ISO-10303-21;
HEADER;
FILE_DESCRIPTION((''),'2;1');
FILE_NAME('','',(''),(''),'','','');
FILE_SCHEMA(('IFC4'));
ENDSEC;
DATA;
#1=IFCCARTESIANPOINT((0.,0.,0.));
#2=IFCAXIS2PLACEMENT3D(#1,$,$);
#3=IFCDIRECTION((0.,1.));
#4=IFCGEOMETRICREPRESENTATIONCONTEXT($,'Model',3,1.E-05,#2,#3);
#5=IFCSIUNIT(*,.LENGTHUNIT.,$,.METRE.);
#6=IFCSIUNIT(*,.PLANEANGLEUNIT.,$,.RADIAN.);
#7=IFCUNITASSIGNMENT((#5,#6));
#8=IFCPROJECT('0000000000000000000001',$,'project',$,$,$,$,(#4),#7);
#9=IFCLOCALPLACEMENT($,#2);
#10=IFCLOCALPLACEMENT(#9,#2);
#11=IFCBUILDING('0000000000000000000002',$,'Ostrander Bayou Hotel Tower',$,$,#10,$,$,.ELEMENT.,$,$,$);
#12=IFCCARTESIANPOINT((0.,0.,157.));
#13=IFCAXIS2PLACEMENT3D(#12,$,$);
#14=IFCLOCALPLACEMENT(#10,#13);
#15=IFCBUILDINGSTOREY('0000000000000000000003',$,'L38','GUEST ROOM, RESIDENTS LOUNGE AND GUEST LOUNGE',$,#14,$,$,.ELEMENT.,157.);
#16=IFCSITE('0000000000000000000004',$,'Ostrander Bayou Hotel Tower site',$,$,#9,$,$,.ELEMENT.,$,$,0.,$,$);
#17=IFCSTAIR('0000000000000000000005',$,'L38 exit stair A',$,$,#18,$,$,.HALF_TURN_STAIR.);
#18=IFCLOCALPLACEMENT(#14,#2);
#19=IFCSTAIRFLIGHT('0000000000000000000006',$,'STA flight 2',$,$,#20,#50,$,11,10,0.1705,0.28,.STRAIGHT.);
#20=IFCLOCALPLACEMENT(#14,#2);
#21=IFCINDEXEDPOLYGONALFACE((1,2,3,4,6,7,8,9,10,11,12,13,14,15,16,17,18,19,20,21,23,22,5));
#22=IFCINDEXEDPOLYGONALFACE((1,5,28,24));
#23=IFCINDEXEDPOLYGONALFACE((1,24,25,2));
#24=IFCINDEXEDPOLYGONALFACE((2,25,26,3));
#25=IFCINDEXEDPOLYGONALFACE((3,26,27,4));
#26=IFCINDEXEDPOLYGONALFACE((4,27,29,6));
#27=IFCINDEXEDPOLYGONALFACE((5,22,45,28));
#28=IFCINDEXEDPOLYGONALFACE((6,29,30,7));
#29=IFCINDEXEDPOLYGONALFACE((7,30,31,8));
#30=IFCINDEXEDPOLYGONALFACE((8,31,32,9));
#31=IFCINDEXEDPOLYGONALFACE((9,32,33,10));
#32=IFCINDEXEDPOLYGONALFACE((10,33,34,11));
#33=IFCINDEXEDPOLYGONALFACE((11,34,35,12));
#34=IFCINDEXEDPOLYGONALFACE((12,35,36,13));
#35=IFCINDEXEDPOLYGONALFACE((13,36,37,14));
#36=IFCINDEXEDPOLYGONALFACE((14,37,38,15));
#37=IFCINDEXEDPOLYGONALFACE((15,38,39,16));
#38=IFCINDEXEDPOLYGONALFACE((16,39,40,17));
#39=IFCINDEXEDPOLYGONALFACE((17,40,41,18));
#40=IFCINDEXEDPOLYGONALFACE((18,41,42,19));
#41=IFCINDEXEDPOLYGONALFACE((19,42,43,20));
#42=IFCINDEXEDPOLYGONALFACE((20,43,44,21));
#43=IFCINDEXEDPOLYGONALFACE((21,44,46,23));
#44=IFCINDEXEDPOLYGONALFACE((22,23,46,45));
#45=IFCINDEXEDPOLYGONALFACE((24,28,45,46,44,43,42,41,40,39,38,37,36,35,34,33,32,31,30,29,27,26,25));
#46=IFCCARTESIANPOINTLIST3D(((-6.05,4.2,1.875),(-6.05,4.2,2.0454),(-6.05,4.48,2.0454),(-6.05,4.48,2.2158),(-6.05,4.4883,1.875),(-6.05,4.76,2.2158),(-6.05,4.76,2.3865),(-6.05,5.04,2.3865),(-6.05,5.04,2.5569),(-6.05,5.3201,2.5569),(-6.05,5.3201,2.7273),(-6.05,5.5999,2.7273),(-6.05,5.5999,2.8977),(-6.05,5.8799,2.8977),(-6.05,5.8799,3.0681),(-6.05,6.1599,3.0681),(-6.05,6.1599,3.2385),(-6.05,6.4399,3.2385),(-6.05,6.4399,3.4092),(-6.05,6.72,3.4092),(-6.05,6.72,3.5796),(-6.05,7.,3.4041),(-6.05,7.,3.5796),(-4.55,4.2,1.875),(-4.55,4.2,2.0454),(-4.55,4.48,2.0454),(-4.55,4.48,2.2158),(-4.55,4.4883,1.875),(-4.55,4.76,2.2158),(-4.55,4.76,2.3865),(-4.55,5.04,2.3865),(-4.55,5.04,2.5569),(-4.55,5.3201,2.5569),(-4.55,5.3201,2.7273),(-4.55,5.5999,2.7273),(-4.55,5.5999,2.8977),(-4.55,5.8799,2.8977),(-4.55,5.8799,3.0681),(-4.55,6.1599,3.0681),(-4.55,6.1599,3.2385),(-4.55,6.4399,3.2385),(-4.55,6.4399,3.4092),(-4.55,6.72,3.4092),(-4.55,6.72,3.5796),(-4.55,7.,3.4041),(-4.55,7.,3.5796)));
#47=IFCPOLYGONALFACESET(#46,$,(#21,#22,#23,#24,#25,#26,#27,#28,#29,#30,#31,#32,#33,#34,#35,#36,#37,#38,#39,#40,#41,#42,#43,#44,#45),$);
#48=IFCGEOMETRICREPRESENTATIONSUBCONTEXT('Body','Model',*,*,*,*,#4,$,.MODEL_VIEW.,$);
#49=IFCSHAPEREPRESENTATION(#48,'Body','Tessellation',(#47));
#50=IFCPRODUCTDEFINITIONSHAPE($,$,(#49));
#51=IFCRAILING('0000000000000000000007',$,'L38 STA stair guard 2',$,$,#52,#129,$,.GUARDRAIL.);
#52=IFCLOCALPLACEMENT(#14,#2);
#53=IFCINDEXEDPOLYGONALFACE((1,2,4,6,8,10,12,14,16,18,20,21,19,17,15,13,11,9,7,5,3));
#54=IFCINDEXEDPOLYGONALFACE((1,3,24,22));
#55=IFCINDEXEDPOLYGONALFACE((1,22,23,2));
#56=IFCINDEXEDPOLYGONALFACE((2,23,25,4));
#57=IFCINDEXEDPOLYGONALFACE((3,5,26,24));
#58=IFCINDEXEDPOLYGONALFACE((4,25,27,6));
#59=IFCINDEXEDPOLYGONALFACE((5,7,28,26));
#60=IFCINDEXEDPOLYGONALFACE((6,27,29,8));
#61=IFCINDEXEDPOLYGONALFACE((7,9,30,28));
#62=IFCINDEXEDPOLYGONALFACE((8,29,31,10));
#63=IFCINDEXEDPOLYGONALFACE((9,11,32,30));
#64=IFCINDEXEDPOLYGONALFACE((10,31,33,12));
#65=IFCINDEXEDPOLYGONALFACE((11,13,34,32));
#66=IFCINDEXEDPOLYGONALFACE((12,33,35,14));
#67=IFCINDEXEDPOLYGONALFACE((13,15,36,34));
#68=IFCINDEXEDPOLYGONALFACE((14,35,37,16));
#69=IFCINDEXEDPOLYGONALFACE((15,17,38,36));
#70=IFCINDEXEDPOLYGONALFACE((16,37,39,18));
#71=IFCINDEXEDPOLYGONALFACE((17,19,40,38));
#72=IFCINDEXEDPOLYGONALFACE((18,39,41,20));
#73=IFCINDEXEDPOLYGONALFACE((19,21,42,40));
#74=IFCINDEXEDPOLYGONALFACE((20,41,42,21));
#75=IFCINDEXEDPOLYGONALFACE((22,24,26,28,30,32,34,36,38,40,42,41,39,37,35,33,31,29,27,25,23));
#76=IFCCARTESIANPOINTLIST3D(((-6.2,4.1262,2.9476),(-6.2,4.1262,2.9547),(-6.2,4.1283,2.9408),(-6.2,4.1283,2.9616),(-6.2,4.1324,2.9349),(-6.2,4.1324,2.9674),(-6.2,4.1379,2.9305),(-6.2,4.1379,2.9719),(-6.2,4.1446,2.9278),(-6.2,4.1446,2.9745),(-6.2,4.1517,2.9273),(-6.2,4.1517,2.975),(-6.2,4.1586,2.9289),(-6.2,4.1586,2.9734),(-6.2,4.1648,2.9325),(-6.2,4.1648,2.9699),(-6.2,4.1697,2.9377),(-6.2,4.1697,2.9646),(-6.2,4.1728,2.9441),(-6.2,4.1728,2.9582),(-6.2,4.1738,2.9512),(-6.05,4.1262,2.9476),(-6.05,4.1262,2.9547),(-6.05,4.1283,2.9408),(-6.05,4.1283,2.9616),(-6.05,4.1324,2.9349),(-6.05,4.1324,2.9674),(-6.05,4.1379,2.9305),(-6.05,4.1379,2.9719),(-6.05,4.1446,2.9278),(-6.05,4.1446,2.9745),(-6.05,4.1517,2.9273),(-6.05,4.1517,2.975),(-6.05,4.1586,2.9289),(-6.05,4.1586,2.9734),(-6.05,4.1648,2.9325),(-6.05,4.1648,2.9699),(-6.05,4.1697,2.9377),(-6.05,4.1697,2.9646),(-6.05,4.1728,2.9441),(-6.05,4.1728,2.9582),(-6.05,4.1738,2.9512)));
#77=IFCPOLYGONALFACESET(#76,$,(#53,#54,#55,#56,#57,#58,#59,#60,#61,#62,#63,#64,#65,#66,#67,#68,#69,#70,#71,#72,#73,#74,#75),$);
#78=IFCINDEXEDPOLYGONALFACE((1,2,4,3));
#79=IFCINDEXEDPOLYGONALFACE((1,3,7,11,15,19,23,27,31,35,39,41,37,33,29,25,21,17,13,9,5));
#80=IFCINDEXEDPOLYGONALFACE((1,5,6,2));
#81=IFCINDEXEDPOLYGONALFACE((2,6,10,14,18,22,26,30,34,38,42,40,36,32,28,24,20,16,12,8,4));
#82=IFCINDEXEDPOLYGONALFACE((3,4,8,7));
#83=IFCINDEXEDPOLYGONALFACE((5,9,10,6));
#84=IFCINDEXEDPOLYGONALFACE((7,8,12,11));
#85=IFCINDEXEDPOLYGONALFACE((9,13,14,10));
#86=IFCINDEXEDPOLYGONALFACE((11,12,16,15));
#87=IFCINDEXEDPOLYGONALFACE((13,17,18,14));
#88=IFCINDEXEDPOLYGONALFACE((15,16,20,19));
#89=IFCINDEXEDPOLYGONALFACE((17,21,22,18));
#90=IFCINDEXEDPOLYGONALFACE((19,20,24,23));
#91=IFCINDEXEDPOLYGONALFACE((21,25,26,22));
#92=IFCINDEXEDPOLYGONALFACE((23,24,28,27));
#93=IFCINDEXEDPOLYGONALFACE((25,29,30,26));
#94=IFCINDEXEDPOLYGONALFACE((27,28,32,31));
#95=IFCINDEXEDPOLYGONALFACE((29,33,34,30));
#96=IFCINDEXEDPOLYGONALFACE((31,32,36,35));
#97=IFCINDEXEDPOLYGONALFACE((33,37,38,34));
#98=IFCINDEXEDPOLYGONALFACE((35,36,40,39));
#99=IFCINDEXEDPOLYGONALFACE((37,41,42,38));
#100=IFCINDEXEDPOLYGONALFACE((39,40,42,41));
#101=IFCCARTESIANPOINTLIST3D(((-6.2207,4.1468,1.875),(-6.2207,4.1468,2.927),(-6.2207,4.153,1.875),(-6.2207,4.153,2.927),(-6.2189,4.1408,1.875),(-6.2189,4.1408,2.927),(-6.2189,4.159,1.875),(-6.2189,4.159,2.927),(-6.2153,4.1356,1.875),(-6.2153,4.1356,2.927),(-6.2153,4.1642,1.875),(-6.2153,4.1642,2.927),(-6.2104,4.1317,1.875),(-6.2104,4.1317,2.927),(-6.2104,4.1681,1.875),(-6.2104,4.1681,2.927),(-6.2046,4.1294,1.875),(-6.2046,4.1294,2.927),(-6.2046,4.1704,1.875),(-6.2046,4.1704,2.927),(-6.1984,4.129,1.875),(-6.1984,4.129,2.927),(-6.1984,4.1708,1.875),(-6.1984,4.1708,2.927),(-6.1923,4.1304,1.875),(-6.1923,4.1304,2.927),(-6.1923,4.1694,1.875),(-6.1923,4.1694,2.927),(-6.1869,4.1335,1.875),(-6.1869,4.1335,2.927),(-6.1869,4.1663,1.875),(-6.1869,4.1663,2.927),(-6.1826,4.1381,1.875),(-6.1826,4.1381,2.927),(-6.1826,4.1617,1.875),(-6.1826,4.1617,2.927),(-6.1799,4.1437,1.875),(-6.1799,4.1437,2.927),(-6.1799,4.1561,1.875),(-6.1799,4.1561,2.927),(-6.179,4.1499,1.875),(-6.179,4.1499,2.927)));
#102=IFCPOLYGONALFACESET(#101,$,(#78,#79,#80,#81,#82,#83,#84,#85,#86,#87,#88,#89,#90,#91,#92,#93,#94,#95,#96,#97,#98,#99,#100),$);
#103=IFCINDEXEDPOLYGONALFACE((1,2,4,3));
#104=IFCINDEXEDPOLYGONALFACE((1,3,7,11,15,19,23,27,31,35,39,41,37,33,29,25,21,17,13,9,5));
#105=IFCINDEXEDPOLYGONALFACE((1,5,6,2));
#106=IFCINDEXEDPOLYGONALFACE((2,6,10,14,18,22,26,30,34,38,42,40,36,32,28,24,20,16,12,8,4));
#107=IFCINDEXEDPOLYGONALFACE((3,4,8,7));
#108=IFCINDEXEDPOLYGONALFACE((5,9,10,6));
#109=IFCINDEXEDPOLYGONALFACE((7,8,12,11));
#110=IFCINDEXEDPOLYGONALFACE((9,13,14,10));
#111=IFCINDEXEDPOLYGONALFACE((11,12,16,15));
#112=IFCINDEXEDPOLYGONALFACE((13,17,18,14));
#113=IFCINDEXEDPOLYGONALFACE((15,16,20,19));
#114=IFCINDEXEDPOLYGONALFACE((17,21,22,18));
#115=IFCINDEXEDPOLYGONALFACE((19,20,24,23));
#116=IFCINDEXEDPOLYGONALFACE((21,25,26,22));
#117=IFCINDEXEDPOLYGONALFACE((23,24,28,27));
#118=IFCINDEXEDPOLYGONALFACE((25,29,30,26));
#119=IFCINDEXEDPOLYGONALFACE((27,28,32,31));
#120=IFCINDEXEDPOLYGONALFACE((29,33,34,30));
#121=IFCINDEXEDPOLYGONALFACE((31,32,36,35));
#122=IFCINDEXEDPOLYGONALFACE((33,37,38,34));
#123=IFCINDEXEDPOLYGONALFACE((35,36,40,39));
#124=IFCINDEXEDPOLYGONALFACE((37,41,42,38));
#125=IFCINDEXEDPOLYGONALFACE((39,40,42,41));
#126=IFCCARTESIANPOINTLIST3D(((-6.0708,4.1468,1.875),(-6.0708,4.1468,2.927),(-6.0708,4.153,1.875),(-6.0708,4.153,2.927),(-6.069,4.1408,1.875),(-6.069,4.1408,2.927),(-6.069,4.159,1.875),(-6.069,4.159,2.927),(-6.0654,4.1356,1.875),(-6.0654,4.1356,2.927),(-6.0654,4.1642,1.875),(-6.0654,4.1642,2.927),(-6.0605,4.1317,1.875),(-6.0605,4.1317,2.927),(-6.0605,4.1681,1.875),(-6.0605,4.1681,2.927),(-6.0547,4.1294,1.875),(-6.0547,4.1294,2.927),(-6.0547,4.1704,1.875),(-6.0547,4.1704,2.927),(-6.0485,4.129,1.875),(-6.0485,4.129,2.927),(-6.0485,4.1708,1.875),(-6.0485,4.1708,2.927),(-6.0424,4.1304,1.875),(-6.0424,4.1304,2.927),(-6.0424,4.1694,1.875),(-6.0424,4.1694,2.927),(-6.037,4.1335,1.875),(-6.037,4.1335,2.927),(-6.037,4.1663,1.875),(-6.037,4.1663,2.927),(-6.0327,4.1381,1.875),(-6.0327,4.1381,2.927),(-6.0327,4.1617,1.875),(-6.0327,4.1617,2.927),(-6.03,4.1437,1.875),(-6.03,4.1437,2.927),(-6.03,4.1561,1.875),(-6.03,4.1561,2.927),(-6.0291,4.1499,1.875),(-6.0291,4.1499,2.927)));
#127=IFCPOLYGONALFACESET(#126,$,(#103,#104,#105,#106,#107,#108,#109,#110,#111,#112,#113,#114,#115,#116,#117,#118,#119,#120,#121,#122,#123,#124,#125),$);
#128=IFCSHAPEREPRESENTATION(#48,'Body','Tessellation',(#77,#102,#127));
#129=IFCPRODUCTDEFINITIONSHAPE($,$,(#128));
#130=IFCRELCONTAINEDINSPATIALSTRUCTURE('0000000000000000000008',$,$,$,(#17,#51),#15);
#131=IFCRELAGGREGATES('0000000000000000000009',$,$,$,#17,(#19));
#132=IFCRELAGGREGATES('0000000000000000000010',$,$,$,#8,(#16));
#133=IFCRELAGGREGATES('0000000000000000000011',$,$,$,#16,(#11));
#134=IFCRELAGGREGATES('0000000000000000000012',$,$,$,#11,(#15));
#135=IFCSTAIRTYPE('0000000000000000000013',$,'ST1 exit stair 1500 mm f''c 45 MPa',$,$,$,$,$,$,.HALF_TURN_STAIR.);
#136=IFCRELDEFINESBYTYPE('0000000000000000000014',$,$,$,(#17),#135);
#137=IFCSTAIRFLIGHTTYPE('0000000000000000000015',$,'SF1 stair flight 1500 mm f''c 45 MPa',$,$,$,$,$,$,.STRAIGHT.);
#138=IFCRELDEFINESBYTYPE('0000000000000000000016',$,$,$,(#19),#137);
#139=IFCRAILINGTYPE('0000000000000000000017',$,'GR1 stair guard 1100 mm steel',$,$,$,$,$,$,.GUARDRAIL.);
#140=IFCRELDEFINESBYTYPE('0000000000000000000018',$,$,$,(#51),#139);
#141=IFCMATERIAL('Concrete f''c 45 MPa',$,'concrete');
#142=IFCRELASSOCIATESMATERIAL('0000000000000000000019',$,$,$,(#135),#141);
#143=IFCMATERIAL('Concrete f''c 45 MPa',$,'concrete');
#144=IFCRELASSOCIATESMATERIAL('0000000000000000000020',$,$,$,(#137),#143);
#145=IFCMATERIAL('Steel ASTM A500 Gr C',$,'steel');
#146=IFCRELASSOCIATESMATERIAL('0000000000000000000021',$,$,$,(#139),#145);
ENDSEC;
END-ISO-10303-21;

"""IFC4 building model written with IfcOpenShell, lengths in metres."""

from ifc_helpers import new_model, si_unit, direction, frame, origin, origin_2d, place, context, subcontext, project, spatial, polyline, circle, outline, extrude, material, type_object, element, aggregate, save


model = new_model("IFC4")

# Units and contexts
model_context = context("Model", 3, precision=1e-05, world=origin(), true_north=direction((0.0, 1.0)))
body_context = subcontext(model_context, "Body", "Model", "MODEL_VIEW")
ifc_project = project(units=[si_unit("LENGTHUNIT", "METRE"), si_unit("PLANEANGLEUNIT", "RADIAN")], contexts=[model_context])

# Site, building, storey
site_placement = place(None, origin())
site = spatial("IfcSite", under=ifc_project, at=site_placement, Name="Ostrander Bayou Hotel Tower site", CompositionType="ELEMENT", RefElevation=0.0)
building_placement = place(site_placement, origin())
building = spatial("IfcBuilding", under=site, at=building_placement, Name="Ostrander Bayou Hotel Tower", CompositionType="ELEMENT")
storey_placement = place(building_placement, frame((0.0, 0.0, 157.0)))
storey = spatial("IfcBuildingStorey", under=building, at=storey_placement, Name="L38", Description="GUEST ROOM, RESIDENTS LOUNGE AND GUEST LOUNGE", CompositionType="ELEMENT", Elevation=157.0)

# Stair, stair flight
ifc_material_1 = material(Name="Concrete f'c 45 MPa", Category="concrete")
stair_type = type_object("IfcStairType", Name="ST1 exit stair 1500 mm f'c 45 MPa", PredefinedType="HALF_TURN_STAIR", material=ifc_material_1)
stair_placement = place(storey_placement, origin())
stair = element("IfcStair", 1, at=stair_placement, inside=storey, type_object=stair_type, Name="L38 exit stair A", PredefinedType="HALF_TURN_STAIR")
ifc_material_2 = material(Name="Concrete f'c 45 MPa", Category="concrete")
stair_flight_type = type_object("IfcStairFlightType", Name="SF1 stair flight 1500 mm f'c 45 MPa", PredefinedType="STRAIGHT", material=ifc_material_2)
stair_flight_placement = place(storey_placement, frame((-5.3, 4.2, 1.875), z_axis=(0.0, 0.0, 1.0), x_axis=(0.0, 1.0, 0.0)))
stair_flight = element("IfcStairFlight", 2, at=stair_flight_placement, type_object=stair_flight_type, Name="STA flight 2", NumberOfRisers=11, NumberOfTreads=10, PredefinedType="STRAIGHT", RiserHeight=0.1705, TreadLength=0.28, context=body_context, shape_type="SweptSolid", body=[
    extrude(outline(polyline([(0.0, 0.0), (0.0, 0.1704), (0.28, 0.1704), (0.28, 0.3408), (0.5601, 0.3408), (0.5601, 0.5115), (0.8401, 0.5115), (0.8401, 0.6819), (1.1201, 0.6819), (1.1201, 0.8523), (1.3999, 0.8523), (1.3999, 1.0227), (1.6799, 1.0227), (1.6799, 1.1931), (1.96, 1.1931), (1.96, 1.3635), (2.24, 1.3635), (2.24, 1.5342), (2.52, 1.5342), (2.52, 1.7046), (2.8, 1.7046), (2.8, 1.875), (2.8, 1.5291), (0.2883, 0.0), (0.0, 0.0)])), frame((0.0, 0.75, 0.0), z_axis=(0.0, -1.0, 0.0), x_axis=(1.0, 0.0, 0.0)), (0.0, 0.0, 1.0), 1.5),
])
aggregate(stair, [stair_flight])

# Railing
ifc_material_3 = material(Name="Steel ASTM A500 Gr C", Category="steel")
railing_type_1 = type_object("IfcRailingType", Name="GR1 stair guard 1100 mm steel", PredefinedType="GUARDRAIL", material=ifc_material_3)
railing_1_placement = place(storey_placement, frame((-6.2, 4.1499, 1.875)))
element("IfcRailing", 3, at=railing_1_placement, inside=storey, type_object=railing_type_1, Name="L38 STA stair guard 2", PredefinedType="GUARDRAIL", context=body_context, shape_type="SweptSolid", body=[
    extrude(circle(Radius=0.0239, at=origin_2d()), frame((0.0, 0.0, 1.0762), z_axis=(1.0, 0.0, 0.0), x_axis=(0.0, 1.0, 0.0)), (0.0, 0.0, 1.0), 0.1499),
    extrude(circle(Radius=0.021, at=origin_2d()), origin(), (0.0, 0.0, 1.0), 1.052),
    extrude(circle(Radius=0.021, at=origin_2d()), frame((0.1499, 0.0, 0.0)), (0.0, 0.0, 1.0), 1.052),
])

save(model, "model.ifc")
